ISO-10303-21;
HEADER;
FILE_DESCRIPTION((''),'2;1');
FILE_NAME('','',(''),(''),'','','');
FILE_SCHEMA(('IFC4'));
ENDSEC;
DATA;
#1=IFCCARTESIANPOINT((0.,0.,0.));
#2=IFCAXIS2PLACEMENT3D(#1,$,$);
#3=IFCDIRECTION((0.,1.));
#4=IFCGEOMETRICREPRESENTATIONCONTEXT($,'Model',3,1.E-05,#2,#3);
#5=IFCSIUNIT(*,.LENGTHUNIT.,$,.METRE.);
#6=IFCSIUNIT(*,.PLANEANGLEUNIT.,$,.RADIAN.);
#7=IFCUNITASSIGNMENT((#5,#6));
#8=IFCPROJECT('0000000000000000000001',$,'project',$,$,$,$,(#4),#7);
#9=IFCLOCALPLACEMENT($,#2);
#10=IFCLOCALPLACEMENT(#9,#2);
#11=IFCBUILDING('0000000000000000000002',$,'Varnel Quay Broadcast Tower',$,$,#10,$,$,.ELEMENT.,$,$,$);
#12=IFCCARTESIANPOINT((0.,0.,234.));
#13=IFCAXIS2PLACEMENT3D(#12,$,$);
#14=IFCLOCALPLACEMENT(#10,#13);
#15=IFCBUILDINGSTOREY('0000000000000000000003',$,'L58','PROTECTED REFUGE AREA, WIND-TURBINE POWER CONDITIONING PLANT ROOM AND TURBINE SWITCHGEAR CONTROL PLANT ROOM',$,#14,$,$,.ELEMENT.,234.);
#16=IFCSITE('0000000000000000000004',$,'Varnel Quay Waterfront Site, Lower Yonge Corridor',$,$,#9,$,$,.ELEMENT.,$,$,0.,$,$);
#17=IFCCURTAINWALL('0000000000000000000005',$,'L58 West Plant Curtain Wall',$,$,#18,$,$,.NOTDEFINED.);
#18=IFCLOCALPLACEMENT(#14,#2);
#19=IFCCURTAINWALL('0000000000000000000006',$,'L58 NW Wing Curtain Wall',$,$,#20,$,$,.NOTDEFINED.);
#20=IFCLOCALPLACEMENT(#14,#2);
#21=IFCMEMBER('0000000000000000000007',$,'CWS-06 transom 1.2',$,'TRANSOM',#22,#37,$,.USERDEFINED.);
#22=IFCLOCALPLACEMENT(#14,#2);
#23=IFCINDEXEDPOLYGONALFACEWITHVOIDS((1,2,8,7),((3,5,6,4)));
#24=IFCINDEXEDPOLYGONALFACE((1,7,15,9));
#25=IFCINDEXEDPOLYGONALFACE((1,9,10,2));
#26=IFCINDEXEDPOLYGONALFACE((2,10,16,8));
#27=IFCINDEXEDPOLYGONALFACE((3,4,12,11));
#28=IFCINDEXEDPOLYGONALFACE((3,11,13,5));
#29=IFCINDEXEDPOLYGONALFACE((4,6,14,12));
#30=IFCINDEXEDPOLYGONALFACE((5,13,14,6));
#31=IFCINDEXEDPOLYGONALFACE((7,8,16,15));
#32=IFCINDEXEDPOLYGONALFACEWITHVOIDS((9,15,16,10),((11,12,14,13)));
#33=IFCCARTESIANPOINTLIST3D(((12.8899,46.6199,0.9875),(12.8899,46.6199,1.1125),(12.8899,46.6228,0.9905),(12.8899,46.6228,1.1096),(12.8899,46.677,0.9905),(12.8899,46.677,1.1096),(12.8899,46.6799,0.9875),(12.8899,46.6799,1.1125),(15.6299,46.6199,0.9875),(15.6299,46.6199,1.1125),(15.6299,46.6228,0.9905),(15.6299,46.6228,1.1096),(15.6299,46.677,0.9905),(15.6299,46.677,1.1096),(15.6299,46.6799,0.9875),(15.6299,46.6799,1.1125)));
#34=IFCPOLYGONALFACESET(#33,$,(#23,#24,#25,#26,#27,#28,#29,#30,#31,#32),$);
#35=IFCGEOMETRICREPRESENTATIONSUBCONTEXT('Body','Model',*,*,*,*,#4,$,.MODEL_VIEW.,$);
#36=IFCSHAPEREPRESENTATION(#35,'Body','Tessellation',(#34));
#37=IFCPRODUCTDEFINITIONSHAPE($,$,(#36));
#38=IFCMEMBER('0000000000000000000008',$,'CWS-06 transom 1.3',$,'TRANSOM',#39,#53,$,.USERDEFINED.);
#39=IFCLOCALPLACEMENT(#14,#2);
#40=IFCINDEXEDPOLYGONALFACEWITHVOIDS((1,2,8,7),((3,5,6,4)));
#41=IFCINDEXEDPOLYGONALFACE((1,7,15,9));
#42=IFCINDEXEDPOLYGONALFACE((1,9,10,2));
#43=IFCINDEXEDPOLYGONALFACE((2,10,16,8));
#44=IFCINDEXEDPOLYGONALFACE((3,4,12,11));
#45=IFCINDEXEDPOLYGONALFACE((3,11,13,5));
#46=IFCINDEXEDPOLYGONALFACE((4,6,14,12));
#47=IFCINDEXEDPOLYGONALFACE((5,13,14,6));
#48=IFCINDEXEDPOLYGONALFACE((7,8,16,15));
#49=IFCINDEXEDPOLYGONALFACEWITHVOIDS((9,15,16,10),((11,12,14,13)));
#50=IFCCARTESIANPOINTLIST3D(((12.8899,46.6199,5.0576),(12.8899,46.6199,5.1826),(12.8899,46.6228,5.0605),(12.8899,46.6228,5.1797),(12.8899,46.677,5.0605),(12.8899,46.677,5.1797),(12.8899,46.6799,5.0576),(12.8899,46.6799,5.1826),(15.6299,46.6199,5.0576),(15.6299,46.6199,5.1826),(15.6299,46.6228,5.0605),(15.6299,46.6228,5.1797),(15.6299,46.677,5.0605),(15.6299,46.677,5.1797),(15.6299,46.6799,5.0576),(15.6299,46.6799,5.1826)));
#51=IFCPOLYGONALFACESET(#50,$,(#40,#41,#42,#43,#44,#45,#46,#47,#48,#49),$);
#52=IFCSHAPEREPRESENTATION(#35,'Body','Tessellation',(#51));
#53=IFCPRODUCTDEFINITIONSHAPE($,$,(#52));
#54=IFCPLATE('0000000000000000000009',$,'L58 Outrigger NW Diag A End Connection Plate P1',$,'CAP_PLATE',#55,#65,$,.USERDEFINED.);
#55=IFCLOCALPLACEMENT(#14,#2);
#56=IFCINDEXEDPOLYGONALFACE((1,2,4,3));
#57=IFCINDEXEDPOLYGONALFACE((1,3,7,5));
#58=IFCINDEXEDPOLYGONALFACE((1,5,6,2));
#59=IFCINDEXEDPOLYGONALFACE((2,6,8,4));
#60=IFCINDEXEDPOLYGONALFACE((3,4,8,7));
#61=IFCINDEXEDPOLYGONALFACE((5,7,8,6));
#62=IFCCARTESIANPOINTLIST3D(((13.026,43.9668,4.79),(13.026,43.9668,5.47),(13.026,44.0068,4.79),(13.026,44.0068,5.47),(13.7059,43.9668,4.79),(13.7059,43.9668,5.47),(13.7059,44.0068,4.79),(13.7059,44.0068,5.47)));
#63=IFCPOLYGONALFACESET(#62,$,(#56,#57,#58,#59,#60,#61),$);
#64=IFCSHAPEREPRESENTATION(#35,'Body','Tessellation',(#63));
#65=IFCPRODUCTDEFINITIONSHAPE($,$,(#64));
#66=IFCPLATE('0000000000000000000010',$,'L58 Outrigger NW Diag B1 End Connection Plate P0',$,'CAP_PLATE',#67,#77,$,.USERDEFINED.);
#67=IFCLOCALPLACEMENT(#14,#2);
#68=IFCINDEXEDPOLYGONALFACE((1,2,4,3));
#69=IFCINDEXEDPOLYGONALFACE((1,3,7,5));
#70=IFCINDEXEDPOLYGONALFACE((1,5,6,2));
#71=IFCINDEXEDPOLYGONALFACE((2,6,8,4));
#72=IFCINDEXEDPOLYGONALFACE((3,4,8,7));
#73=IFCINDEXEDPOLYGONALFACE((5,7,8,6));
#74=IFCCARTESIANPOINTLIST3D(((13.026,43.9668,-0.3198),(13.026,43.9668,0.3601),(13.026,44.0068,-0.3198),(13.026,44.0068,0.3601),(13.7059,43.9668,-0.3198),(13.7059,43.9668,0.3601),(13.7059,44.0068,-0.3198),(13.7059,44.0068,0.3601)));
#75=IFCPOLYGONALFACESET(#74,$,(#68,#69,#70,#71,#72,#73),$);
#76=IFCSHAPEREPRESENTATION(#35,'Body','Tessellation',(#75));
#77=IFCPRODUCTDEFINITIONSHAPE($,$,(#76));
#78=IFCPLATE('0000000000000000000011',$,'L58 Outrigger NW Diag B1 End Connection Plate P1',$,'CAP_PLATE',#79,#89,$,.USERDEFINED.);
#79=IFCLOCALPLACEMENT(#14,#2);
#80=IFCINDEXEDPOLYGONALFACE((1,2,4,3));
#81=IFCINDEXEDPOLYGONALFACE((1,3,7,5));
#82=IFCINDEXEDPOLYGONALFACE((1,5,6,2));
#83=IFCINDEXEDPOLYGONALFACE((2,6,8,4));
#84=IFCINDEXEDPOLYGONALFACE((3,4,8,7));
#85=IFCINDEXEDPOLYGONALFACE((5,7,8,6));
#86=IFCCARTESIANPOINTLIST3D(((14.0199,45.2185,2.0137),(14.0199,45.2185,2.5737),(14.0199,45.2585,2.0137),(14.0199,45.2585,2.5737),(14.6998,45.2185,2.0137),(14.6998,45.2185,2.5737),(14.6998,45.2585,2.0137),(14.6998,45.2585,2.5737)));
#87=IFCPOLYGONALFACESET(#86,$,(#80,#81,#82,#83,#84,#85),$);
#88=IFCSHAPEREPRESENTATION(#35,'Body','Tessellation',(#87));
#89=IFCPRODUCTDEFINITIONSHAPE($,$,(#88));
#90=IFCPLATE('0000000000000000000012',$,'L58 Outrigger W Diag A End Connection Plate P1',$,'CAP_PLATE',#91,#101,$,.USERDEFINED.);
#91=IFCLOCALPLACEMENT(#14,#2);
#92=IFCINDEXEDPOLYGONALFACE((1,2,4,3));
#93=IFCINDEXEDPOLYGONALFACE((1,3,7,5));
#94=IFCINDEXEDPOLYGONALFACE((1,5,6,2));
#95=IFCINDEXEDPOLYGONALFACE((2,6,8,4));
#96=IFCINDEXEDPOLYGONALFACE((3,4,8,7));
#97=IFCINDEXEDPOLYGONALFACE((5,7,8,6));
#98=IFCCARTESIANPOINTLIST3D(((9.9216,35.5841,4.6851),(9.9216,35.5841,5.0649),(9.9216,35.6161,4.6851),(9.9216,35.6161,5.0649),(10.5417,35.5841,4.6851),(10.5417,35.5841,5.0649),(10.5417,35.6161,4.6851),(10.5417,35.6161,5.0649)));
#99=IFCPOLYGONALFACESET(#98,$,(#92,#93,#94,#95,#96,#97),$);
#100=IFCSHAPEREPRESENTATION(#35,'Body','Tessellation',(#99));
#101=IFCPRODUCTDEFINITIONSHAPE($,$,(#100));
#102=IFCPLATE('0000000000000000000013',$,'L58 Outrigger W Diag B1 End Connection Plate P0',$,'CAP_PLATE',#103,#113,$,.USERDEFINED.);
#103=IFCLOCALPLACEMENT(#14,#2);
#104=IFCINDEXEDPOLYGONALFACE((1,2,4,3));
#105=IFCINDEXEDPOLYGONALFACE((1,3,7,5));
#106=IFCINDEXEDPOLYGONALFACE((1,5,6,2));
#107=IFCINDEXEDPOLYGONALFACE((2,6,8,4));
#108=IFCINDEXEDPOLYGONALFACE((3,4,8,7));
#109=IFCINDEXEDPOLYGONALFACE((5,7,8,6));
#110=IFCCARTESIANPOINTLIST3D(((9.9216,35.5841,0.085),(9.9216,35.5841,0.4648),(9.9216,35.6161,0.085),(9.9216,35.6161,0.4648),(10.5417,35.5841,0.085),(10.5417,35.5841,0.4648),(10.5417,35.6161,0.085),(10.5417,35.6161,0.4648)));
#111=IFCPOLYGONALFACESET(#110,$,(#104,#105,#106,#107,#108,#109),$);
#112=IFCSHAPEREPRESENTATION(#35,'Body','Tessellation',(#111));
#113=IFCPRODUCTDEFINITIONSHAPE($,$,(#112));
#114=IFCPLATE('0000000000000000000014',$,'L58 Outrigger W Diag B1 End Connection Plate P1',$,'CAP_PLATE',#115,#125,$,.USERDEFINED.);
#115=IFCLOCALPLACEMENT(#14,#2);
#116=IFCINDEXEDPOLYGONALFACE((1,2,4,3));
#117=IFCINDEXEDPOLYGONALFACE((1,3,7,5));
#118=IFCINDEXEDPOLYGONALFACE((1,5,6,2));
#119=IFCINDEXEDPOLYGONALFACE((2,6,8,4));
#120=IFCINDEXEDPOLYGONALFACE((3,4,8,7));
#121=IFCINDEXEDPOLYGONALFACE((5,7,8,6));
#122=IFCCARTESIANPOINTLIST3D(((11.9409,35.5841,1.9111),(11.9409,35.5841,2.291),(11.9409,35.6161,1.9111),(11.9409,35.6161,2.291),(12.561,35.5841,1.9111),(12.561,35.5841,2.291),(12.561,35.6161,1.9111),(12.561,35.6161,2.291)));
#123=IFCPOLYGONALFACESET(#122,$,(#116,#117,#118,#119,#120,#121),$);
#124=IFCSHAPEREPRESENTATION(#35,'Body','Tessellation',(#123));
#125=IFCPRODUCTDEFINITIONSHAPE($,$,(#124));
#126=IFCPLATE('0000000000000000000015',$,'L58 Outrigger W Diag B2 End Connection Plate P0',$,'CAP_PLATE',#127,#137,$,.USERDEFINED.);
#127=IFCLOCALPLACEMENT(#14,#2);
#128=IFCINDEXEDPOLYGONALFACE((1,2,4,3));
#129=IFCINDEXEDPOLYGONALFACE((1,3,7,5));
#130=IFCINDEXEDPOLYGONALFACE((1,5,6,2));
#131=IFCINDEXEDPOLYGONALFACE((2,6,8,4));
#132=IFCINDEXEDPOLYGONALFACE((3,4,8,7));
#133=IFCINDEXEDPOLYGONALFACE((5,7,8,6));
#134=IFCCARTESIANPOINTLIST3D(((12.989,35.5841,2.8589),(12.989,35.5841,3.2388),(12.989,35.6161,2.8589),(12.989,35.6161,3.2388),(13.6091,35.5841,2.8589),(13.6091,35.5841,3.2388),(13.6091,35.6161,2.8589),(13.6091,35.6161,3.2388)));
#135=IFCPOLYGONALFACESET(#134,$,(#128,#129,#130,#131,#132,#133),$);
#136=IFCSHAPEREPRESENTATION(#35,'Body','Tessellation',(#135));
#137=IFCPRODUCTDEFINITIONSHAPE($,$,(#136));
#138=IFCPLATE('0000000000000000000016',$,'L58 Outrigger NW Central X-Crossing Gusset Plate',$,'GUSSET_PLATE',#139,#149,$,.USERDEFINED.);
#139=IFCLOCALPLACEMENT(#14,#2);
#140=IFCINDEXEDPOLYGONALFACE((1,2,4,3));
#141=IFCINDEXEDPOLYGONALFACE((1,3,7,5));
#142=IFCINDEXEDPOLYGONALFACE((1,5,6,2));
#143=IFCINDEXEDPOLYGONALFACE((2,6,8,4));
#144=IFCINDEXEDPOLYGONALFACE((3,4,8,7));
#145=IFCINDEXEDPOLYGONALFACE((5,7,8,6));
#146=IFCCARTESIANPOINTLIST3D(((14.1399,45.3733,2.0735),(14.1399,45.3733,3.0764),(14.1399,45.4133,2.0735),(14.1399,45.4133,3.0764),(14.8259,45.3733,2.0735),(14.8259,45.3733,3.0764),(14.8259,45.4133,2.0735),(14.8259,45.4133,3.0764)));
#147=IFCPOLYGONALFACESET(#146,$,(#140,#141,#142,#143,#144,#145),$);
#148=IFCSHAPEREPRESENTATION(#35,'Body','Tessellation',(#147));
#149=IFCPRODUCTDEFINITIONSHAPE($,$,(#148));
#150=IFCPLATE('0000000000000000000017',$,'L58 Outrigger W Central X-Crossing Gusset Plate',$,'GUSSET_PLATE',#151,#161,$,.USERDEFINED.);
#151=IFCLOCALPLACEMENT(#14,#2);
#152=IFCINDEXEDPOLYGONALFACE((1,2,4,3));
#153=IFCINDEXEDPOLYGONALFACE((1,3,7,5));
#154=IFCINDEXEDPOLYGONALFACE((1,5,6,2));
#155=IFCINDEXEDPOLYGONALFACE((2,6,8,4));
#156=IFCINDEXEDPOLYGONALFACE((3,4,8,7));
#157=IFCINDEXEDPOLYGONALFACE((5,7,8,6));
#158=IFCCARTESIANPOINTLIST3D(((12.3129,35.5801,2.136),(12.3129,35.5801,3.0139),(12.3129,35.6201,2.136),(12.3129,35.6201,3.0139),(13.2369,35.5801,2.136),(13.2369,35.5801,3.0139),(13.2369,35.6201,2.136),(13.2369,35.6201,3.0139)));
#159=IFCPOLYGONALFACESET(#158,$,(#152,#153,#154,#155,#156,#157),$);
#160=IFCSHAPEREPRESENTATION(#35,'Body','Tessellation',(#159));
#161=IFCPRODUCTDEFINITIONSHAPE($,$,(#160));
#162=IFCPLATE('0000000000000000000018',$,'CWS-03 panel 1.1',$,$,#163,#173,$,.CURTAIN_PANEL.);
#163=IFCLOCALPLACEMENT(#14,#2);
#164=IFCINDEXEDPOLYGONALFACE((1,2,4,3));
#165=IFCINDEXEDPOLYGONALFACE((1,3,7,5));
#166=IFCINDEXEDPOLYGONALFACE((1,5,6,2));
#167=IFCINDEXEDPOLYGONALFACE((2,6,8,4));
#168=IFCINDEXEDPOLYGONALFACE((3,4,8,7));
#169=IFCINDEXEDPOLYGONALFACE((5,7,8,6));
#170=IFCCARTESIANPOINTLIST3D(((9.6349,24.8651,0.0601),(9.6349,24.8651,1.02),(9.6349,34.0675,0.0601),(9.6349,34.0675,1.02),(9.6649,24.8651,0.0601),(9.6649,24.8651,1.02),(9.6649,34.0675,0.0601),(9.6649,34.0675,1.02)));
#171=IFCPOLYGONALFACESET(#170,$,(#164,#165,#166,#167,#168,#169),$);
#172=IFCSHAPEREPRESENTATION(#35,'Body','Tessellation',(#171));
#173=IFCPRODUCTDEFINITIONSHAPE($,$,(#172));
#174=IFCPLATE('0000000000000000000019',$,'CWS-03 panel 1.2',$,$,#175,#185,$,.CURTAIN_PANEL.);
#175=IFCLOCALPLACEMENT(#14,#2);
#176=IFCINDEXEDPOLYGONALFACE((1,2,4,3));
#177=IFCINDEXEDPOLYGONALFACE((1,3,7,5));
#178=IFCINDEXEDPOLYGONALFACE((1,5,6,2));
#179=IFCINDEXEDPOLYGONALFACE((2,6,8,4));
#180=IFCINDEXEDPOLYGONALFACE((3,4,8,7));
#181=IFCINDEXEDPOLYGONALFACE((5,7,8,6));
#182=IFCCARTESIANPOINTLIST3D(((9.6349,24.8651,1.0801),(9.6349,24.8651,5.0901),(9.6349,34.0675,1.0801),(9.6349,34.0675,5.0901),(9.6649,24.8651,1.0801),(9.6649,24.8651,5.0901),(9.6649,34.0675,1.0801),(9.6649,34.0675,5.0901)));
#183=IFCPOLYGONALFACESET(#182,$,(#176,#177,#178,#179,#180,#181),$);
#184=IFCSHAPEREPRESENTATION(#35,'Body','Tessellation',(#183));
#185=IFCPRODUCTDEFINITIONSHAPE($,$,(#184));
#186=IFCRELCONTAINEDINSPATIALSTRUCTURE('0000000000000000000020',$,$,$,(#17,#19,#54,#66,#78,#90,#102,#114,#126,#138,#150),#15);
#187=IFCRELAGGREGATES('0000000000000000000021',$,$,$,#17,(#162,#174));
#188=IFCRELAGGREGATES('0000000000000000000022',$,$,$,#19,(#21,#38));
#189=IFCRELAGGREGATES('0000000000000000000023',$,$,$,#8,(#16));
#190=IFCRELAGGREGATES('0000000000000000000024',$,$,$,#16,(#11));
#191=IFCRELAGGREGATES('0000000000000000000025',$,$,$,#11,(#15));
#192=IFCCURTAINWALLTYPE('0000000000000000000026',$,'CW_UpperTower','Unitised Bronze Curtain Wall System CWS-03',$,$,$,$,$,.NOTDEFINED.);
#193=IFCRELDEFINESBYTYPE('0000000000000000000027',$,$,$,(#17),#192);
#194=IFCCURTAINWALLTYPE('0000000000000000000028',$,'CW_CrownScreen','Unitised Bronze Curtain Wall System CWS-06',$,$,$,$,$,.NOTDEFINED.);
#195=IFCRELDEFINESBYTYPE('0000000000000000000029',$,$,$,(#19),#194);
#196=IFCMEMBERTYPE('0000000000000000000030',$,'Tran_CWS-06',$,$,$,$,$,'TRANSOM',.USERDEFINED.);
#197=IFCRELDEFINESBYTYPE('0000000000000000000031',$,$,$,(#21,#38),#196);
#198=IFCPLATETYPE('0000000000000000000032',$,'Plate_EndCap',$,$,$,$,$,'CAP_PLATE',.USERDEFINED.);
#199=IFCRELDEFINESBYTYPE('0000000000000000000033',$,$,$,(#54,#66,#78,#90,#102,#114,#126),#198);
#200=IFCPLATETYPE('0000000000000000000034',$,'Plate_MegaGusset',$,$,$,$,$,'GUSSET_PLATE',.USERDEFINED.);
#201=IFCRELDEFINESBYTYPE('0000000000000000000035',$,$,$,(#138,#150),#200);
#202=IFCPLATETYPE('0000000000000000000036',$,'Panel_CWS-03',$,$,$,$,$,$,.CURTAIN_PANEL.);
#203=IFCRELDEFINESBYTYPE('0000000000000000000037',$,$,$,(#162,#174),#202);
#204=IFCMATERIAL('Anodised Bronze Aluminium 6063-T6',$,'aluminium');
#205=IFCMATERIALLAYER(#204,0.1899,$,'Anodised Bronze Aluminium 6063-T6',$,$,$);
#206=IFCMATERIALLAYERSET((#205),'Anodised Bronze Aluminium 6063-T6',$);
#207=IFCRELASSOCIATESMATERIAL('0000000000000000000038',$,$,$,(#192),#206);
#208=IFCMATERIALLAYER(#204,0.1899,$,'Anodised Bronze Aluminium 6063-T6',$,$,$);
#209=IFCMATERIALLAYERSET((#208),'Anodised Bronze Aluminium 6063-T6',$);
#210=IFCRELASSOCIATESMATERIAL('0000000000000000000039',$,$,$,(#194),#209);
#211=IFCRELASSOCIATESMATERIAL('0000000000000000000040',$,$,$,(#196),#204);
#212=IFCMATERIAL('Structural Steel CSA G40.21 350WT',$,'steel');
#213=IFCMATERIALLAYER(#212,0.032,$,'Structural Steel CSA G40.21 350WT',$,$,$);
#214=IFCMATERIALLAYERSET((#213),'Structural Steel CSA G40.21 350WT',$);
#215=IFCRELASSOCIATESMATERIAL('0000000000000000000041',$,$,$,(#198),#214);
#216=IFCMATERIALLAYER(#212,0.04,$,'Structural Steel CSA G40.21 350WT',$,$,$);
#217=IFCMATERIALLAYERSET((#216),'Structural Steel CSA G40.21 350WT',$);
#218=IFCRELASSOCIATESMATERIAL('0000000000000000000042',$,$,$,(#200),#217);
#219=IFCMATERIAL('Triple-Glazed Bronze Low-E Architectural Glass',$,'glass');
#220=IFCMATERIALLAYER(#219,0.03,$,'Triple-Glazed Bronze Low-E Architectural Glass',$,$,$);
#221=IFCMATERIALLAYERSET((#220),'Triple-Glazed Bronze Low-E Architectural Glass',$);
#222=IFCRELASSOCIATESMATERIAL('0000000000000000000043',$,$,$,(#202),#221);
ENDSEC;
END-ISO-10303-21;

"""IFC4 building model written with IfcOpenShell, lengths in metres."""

from ifc_helpers import new_model, si_unit, direction, frame, origin, origin_2d, place, context, subcontext, project, spatial, rectangle, hollow_rectangle, extrude, source, transform, mapped, material, layer, layer_set, material_profile, profile_set, type_object, type_shapes, element, aggregate, save


model = new_model("IFC4")

# Units and contexts
model_context = context("Model", 3, precision=1e-05, world=origin(), true_north=direction((0.0, 1.0)))
body_context = subcontext(model_context, "Body", "Model", "MODEL_VIEW")
ifc_project = project(units=[si_unit("LENGTHUNIT", "METRE"), si_unit("PLANEANGLEUNIT", "RADIAN")], contexts=[model_context])

# Site, building, storey
site_placement = place(None, origin())
site = spatial("IfcSite", under=ifc_project, at=site_placement, Name="Varnel Quay Waterfront Site, Lower Yonge Corridor", CompositionType="ELEMENT", RefElevation=0.0)
building_placement = place(site_placement, origin())
building = spatial("IfcBuilding", under=site, at=building_placement, Name="Varnel Quay Broadcast Tower", CompositionType="ELEMENT")
storey_placement = place(building_placement, frame((0.0, 0.0, 234.0)))
storey = spatial("IfcBuildingStorey", under=building, at=storey_placement, Name="L58", Description="PROTECTED REFUGE AREA, WIND-TURBINE POWER CONDITIONING PLANT ROOM AND TURBINE SWITCHGEAR CONTROL PLANT ROOM", CompositionType="ELEMENT", Elevation=234.0)

# Shared definitions
ifc_material_1 = material(Name="Structural Steel CSA G40.21 350WT", Category="steel")

# Curtain walls, members
ifc_material_2 = material(Name="Anodised Bronze Aluminium 6063-T6", Category="aluminium")
ifc_layer_1 = layer(ifc_material_2, 0.1899, Name="Anodised Bronze Aluminium 6063-T6")
ifc_layer_set_1 = layer_set([ifc_layer_1], Name="Anodised Bronze Aluminium 6063-T6")
curtain_wall_type_1 = type_object("IfcCurtainWallType", Name="CW_UpperTower", Description="Unitised Bronze Curtain Wall System CWS-03", PredefinedType="NOTDEFINED", material=ifc_layer_set_1)
curtain_wall_1_placement = place(storey_placement, origin())
curtain_wall_1 = element("IfcCurtainWall", 1, at=curtain_wall_1_placement, inside=storey, type_object=curtain_wall_type_1, Name="L58 West Plant Curtain Wall", PredefinedType="NOTDEFINED")
ifc_layer_2 = layer(ifc_material_2, 0.1899, Name="Anodised Bronze Aluminium 6063-T6")
ifc_layer_set_2 = layer_set([ifc_layer_2], Name="Anodised Bronze Aluminium 6063-T6")
curtain_wall_type_2 = type_object("IfcCurtainWallType", Name="CW_CrownScreen", Description="Unitised Bronze Curtain Wall System CWS-06", PredefinedType="NOTDEFINED", material=ifc_layer_set_2)
curtain_wall_2_placement = place(storey_placement, origin())
curtain_wall_2 = element("IfcCurtainWall", 2, at=curtain_wall_2_placement, inside=storey, type_object=curtain_wall_type_2, Name="L58 NW Wing Curtain Wall", PredefinedType="NOTDEFINED")
ifc_material_profile_1 = material_profile(ifc_material_2, hollow_rectangle(XDim=0.0601, YDim=0.125, WallThickness=0.0029, at=origin_2d()), Name="ALU60X125X3")
ifc_profile_set_1 = profile_set([ifc_material_profile_1], Name="Anodised Bronze Aluminium 6063-T6")
member_type_1 = type_object("IfcMemberType", Name="Tran_CWS-06", ElementType="TRANSOM", PredefinedType="USERDEFINED", material=ifc_profile_set_1)
shared_shape_1 = source(origin(), body_context, "Body", "SweptSolid", [
    extrude(hollow_rectangle(XDim=0.0601, YDim=0.125, WallThickness=0.0029, at=origin_2d()), origin(), (0.0, 0.0, 1.0), 2.74),
])
type_shapes(member_type_1, [shared_shape_1])
member_1_placement = place(storey_placement, frame((12.8899, 46.6499, 1.05), z_axis=(1.0, 0.0, 0.0), x_axis=(0.0, 1.0, 0.0)))
member_1 = element("IfcMember", 3, at=member_1_placement, type_object=member_type_1, Name="CWS-06 transom 1.2", ObjectType="TRANSOM", PredefinedType="USERDEFINED", context=body_context, shape_type="MappedRepresentation", body=[
    mapped(shared_shape_1, transform((0.0, 0.0, 0.0), x_axis=(1.0, 0.0, 0.0), y_axis=(0.0, 1.0, 0.0), z_axis=(0.0, 0.0, 1.0), scale=1.0)),
])
member_2_placement = place(storey_placement, frame((12.8899, 46.6499, 5.1201), z_axis=(1.0, 0.0, 0.0), x_axis=(0.0, 1.0, 0.0)))
member_2 = element("IfcMember", 4, at=member_2_placement, type_object=member_type_1, Name="CWS-06 transom 1.3", ObjectType="TRANSOM", PredefinedType="USERDEFINED", context=body_context, shape_type="MappedRepresentation", body=[
    mapped(shared_shape_1, transform((0.0, 0.0, 0.0), x_axis=(1.0, 0.0, 0.0), y_axis=(0.0, 1.0, 0.0), z_axis=(0.0, 0.0, 1.0), scale=1.0)),
])

# Plates
ifc_layer_3 = layer(ifc_material_1, 0.032, Name="Structural Steel CSA G40.21 350WT")
ifc_layer_set_3 = layer_set([ifc_layer_3], Name="Structural Steel CSA G40.21 350WT")
plate_type_1 = type_object("IfcPlateType", Name="Plate_EndCap", ElementType="CAP_PLATE", PredefinedType="USERDEFINED", material=ifc_layer_set_3)
shared_shape_2 = source(origin(), body_context, "Body", "SweptSolid", [
    extrude(rectangle(XDim=0.6799, YDim=0.04, at=origin_2d()), origin(), (0.0, 0.0, 1.0), 0.6799),
])
for number, where, z_axis, x_axis, name in (
    (5, (13.366, 43.9868, 4.79), (0.0, 0.0, 1.0), (1.0, 0.0, 0.0), "L58 Outrigger NW Diag A End Connection Plate P1"),
    (6, (13.366, 43.9868, -0.3198), (0.0, 0.0, 1.0), (1.0, 0.0, 0.0), "L58 Outrigger NW Diag B1 End Connection Plate P0"),
):
    element("IfcPlate", number, at=place(storey_placement, frame(where, z_axis=z_axis, x_axis=x_axis)), inside=storey, type_object=plate_type_1, Name=name, ObjectType="CAP_PLATE", PredefinedType="USERDEFINED", context=body_context, shape_type="MappedRepresentation", body=[
        mapped(shared_shape_2, transform((0.0, 0.0, 0.0), x_axis=(1.0, 0.0, 0.0), y_axis=(0.0, 1.0, 0.0), z_axis=(0.0, 0.0, 1.0), scale=1.0)),
    ])
shared_shape_3 = source(origin(), body_context, "Body", "SweptSolid", [
    extrude(rectangle(XDim=0.6799, YDim=0.04, at=origin_2d()), origin(), (0.0, 0.0, 1.0), 0.5601),
])
plate_1_placement = place(storey_placement, frame((14.3599, 45.2385, 2.0137), z_axis=(0.0, 0.0, 1.0), x_axis=(1.0, 0.0, 0.0)))
element("IfcPlate", 7, at=plate_1_placement, inside=storey, type_object=plate_type_1, Name="L58 Outrigger NW Diag B1 End Connection Plate P1", ObjectType="CAP_PLATE", PredefinedType="USERDEFINED", context=body_context, shape_type="MappedRepresentation", body=[
    mapped(shared_shape_3, transform((0.0, 0.0, 0.0), x_axis=(1.0, 0.0, 0.0), y_axis=(0.0, 1.0, 0.0), z_axis=(0.0, 0.0, 1.0), scale=1.0)),
])
shared_shape_4 = source(origin(), body_context, "Body", "SweptSolid", [
    extrude(rectangle(XDim=0.6201, YDim=0.032, at=origin_2d()), origin(), (0.0, 0.0, 1.0), 0.3799),
])
type_shapes(plate_type_1, [shared_shape_2, shared_shape_3, shared_shape_4])
for number, where, z_axis, x_axis, name in (
    (8, (10.2317, 35.6001, 4.6851), (0.0, 0.0, 1.0), (1.0, 0.0, 0.0), "L58 Outrigger W Diag A End Connection Plate P1"),
    (9, (10.2317, 35.6001, 0.085), (0.0, 0.0, 1.0), (1.0, 0.0, 0.0), "L58 Outrigger W Diag B1 End Connection Plate P0"),
    (10, (12.251, 35.6001, 1.9111), (0.0, 0.0, 1.0), (1.0, 0.0, 0.0), "L58 Outrigger W Diag B1 End Connection Plate P1"),
    (11, (13.2991, 35.6001, 2.8589), (0.0, 0.0, 1.0), (1.0, 0.0, 0.0), "L58 Outrigger W Diag B2 End Connection Plate P0"),
):
    element("IfcPlate", number, at=place(storey_placement, frame(where, z_axis=z_axis, x_axis=x_axis)), inside=storey, type_object=plate_type_1, Name=name, ObjectType="CAP_PLATE", PredefinedType="USERDEFINED", context=body_context, shape_type="MappedRepresentation", body=[
        mapped(shared_shape_4, transform((0.0, 0.0, 0.0), x_axis=(1.0, 0.0, 0.0), y_axis=(0.0, 1.0, 0.0), z_axis=(0.0, 0.0, 1.0), scale=1.0)),
    ])
ifc_layer_4 = layer(ifc_material_1, 0.04, Name="Structural Steel CSA G40.21 350WT")
ifc_layer_set_4 = layer_set([ifc_layer_4], Name="Structural Steel CSA G40.21 350WT")
plate_type_2 = type_object("IfcPlateType", Name="Plate_MegaGusset", ElementType="GUSSET_PLATE", PredefinedType="USERDEFINED", material=ifc_layer_set_4)
shared_shape_5 = source(origin(), body_context, "Body", "SweptSolid", [
    extrude(rectangle(XDim=0.686, YDim=0.04, at=origin_2d()), origin(), (0.0, 0.0, 1.0), 1.0029),
])
plate_2_placement = place(storey_placement, frame((14.4829, 45.3933, 2.0735), z_axis=(0.0, 0.0, 1.0), x_axis=(1.0, 0.0, 0.0)))
element("IfcPlate", 12, at=plate_2_placement, inside=storey, type_object=plate_type_2, Name="L58 Outrigger NW Central X-Crossing Gusset Plate", ObjectType="GUSSET_PLATE", PredefinedType="USERDEFINED", context=body_context, shape_type="MappedRepresentation", body=[
    mapped(shared_shape_5, transform((0.0, 0.0, 0.0), x_axis=(1.0, 0.0, 0.0), y_axis=(0.0, 1.0, 0.0), z_axis=(0.0, 0.0, 1.0), scale=1.0)),
])
shared_shape_6 = source(origin(), body_context, "Body", "SweptSolid", [
    extrude(rectangle(XDim=0.9241, YDim=0.04, at=origin_2d()), origin(), (0.0, 0.0, 1.0), 0.8779),
])
type_shapes(plate_type_2, [shared_shape_5, shared_shape_6])
plate_3_placement = place(storey_placement, frame((12.7749, 35.6001, 2.136), z_axis=(0.0, 0.0, 1.0), x_axis=(1.0, 0.0, 0.0)))
element("IfcPlate", 13, at=plate_3_placement, inside=storey, type_object=plate_type_2, Name="L58 Outrigger W Central X-Crossing Gusset Plate", ObjectType="GUSSET_PLATE", PredefinedType="USERDEFINED", context=body_context, shape_type="MappedRepresentation", body=[
    mapped(shared_shape_6, transform((0.0, 0.0, 0.0), x_axis=(1.0, 0.0, 0.0), y_axis=(0.0, 1.0, 0.0), z_axis=(0.0, 0.0, 1.0), scale=1.0)),
])

# Plates
ifc_material_3 = material(Name="Triple-Glazed Bronze Low-E Architectural Glass", Category="glass")
ifc_layer_5 = layer(ifc_material_3, 0.03, Name="Triple-Glazed Bronze Low-E Architectural Glass")
ifc_layer_set_5 = layer_set([ifc_layer_5], Name="Triple-Glazed Bronze Low-E Architectural Glass")
plate_type_3 = type_object("IfcPlateType", Name="Panel_CWS-03", PredefinedType="CURTAIN_PANEL", material=ifc_layer_set_5)
shared_shape_7 = source(origin(), body_context, "Body", "SweptSolid", [
    extrude(rectangle(XDim=9.2024, YDim=0.03, at=origin_2d()), origin(), (0.0, 0.0, 1.0), 0.96),
])
plate_4_placement = place(storey_placement, frame((9.6499, 29.4663, 0.0601), z_axis=(0.0, 0.0, 1.0), x_axis=(0.0, 1.0, 0.0)))
plate_4 = element("IfcPlate", 14, at=plate_4_placement, type_object=plate_type_3, Name="CWS-03 panel 1.1", PredefinedType="CURTAIN_PANEL", context=body_context, shape_type="MappedRepresentation", body=[
    mapped(shared_shape_7, transform((0.0, 0.0, 0.0), x_axis=(1.0, 0.0, 0.0), y_axis=(0.0, 1.0, 0.0), z_axis=(0.0, 0.0, 1.0), scale=1.0)),
])
shared_shape_8 = source(origin(), body_context, "Body", "SweptSolid", [
    extrude(rectangle(XDim=9.2024, YDim=0.03, at=origin_2d()), origin(), (0.0, 0.0, 1.0), 4.01),
])
type_shapes(plate_type_3, [shared_shape_7, shared_shape_8])
plate_5_placement = place(storey_placement, frame((9.6499, 29.4663, 1.0801), z_axis=(0.0, 0.0, 1.0), x_axis=(0.0, 1.0, 0.0)))
plate_5 = element("IfcPlate", 15, at=plate_5_placement, type_object=plate_type_3, Name="CWS-03 panel 1.2", PredefinedType="CURTAIN_PANEL", context=body_context, shape_type="MappedRepresentation", body=[
    mapped(shared_shape_8, transform((0.0, 0.0, 0.0), x_axis=(1.0, 0.0, 0.0), y_axis=(0.0, 1.0, 0.0), z_axis=(0.0, 0.0, 1.0), scale=1.0)),
])
aggregate(curtain_wall_1, [plate_4, plate_5])
aggregate(curtain_wall_2, [member_1, member_2])

save(model, "model.ifc")
